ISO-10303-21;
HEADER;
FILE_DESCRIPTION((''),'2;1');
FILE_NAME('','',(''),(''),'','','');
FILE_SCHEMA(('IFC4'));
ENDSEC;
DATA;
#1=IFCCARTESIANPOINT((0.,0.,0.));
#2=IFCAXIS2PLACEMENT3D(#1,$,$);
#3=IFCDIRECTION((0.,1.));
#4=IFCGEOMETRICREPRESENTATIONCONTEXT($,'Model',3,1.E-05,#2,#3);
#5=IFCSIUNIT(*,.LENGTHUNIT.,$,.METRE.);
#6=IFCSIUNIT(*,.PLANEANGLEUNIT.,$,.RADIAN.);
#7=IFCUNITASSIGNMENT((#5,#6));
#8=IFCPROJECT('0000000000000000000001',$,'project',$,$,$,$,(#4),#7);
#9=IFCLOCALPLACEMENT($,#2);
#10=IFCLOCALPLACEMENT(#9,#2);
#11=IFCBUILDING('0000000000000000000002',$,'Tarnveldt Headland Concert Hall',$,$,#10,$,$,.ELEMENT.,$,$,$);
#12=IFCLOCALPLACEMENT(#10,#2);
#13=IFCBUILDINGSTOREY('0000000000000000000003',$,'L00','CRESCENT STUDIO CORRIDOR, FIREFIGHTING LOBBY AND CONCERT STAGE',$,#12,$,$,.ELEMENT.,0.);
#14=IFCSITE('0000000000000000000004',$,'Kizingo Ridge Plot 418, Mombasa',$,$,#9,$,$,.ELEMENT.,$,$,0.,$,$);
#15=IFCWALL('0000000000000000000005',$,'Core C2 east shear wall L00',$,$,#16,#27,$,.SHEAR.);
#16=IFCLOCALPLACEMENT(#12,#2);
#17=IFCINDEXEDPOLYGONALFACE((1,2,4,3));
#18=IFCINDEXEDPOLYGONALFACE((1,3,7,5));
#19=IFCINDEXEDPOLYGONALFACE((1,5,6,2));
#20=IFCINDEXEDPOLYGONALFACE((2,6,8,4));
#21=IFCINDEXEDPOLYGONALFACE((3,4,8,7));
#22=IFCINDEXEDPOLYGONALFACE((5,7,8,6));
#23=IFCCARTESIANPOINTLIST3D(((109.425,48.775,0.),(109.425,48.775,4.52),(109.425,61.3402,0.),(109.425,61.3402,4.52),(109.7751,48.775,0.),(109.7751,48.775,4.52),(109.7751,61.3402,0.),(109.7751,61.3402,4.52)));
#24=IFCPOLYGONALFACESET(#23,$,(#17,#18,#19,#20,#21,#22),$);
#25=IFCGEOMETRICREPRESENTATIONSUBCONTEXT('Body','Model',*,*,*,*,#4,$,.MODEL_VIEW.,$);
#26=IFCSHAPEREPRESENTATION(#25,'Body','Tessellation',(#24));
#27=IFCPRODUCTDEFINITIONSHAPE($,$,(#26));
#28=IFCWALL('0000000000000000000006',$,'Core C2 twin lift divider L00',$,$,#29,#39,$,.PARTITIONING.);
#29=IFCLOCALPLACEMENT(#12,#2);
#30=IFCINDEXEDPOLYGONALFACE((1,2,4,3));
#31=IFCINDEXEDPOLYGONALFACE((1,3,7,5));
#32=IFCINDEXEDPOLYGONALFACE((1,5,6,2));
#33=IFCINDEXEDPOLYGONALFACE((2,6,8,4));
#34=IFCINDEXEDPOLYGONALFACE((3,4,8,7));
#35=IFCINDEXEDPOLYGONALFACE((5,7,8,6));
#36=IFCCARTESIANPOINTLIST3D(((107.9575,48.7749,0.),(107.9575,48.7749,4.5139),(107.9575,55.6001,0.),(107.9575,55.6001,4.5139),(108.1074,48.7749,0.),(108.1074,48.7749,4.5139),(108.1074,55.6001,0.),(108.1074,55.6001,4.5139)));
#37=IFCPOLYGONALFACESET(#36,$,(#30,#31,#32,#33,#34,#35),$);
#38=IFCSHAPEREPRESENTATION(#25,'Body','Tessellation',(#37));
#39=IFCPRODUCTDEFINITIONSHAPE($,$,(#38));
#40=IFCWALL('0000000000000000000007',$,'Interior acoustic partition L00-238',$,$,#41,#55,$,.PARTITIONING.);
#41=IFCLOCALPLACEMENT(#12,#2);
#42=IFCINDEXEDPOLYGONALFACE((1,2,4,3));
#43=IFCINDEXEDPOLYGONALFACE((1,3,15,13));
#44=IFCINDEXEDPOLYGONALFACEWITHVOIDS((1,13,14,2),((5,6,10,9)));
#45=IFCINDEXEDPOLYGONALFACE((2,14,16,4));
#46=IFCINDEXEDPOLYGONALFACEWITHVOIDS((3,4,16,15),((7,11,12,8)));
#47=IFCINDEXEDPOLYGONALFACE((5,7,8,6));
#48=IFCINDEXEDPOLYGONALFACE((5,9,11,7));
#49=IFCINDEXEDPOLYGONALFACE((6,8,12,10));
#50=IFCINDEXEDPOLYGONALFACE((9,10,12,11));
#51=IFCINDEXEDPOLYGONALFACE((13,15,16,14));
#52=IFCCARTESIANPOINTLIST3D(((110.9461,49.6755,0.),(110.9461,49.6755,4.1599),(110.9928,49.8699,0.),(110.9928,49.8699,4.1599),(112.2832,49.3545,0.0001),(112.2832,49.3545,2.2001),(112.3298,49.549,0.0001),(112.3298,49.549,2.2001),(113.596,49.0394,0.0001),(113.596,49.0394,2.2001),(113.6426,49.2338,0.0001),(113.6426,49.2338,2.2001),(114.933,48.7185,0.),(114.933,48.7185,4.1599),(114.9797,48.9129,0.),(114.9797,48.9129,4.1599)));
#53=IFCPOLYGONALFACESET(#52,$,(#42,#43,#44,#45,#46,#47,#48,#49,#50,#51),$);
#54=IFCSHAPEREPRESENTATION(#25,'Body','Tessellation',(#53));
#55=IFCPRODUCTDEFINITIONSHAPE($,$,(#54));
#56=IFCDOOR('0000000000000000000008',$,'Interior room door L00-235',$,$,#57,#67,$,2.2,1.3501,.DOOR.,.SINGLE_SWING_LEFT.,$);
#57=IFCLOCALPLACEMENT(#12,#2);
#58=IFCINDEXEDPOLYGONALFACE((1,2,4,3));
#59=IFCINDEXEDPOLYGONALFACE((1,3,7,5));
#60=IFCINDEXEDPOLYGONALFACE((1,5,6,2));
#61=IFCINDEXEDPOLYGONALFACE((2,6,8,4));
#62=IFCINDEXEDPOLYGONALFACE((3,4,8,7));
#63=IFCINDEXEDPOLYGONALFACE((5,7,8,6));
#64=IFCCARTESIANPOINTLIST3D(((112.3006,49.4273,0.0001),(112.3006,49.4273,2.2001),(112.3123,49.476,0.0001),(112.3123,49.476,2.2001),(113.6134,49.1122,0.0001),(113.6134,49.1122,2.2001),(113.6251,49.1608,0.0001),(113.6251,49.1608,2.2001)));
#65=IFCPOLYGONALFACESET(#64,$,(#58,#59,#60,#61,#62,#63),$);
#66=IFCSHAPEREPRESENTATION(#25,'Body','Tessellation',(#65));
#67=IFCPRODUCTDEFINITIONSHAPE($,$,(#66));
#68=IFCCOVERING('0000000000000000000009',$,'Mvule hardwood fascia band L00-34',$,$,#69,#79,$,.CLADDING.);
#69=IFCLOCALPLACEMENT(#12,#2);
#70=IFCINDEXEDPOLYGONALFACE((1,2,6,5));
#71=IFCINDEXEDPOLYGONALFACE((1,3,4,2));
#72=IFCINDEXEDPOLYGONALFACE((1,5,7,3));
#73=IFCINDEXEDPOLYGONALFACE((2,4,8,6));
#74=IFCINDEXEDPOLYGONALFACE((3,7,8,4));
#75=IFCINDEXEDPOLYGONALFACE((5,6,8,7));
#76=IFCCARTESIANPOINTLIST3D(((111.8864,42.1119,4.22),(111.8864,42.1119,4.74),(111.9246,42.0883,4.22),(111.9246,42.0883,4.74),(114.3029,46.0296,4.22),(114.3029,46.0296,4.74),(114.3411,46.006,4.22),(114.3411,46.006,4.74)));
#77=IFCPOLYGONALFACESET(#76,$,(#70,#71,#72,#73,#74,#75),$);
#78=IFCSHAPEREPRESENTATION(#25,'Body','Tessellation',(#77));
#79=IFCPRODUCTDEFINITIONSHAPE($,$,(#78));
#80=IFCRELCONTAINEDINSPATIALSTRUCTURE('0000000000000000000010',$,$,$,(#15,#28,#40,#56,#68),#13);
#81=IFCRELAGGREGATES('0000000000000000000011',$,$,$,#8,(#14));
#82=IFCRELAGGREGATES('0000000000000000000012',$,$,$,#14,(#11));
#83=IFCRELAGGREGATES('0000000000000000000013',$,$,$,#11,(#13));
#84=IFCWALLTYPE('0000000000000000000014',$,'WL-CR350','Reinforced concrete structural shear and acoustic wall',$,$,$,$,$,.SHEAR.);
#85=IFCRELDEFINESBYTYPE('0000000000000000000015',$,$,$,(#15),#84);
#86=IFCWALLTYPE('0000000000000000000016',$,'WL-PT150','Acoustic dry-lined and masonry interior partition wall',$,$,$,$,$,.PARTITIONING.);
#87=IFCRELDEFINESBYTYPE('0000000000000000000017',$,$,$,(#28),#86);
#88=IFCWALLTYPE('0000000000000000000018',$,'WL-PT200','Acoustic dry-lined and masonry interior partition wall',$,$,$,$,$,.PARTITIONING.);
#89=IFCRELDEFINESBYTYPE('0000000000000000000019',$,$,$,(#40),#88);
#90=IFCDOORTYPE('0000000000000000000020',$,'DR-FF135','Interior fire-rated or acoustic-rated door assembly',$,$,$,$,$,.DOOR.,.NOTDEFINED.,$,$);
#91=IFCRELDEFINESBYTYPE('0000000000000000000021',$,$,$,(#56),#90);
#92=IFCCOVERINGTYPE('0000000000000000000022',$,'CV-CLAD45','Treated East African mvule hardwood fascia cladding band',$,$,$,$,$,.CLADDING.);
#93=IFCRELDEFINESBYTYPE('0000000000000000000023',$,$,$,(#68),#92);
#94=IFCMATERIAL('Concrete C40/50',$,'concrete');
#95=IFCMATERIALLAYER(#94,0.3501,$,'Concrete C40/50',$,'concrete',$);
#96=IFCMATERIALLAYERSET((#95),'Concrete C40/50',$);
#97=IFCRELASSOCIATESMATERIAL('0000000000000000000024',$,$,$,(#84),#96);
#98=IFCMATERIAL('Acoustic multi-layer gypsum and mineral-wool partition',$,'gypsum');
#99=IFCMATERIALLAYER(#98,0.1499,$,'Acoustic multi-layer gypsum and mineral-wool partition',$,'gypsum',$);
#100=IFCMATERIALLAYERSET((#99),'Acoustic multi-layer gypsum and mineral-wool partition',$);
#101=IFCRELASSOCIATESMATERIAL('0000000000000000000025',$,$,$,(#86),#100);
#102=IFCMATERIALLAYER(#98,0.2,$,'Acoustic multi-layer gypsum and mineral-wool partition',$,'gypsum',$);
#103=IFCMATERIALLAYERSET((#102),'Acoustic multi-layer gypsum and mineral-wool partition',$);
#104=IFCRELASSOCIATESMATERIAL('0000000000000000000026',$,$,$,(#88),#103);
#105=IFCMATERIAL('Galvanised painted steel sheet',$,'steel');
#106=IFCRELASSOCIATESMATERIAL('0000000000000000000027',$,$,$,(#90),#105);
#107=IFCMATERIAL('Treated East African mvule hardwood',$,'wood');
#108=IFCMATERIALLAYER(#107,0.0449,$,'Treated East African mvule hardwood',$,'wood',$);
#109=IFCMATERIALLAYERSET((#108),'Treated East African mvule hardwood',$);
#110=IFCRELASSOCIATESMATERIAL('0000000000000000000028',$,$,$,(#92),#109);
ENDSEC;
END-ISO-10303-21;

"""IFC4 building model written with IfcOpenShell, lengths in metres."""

from ifc_helpers import new_model, si_unit, direction, frame, frame_2d, origin, place, context, subcontext, project, spatial, rectangle, extrude, material, layer, layer_set, type_object, element, fill, save


model = new_model("IFC4")

# Units and contexts
model_context = context("Model", 3, precision=1e-05, world=origin(), true_north=direction((0.0, 1.0)))
body_context = subcontext(model_context, "Body", "Model", "MODEL_VIEW")
ifc_project = project(units=[si_unit("LENGTHUNIT", "METRE"), si_unit("PLANEANGLEUNIT", "RADIAN")], contexts=[model_context])

# Site, building, storey
site_placement = place(None, origin())
site = spatial("IfcSite", under=ifc_project, at=site_placement, Name="Kizingo Ridge Plot 418, Mombasa", CompositionType="ELEMENT", RefElevation=0.0)
building_placement = place(site_placement, origin())
building = spatial("IfcBuilding", under=site, at=building_placement, Name="Tarnveldt Headland Concert Hall", CompositionType="ELEMENT")
storey_placement = place(building_placement, origin())
storey = spatial("IfcBuildingStorey", under=building, at=storey_placement, Name="L00", Description="CRESCENT STUDIO CORRIDOR, FIREFIGHTING LOBBY AND CONCERT STAGE", CompositionType="ELEMENT", Elevation=0.0)

# Shared definitions
ifc_material_1 = material(Name="Concrete C40/50", Category="concrete")

# Walls
ifc_layer_1 = layer(ifc_material_1, 0.3501, Name="Concrete C40/50", Category="concrete")
ifc_layer_set_1 = layer_set([ifc_layer_1], Name="Concrete C40/50")
wall_type_1 = type_object("IfcWallType", Name="WL-CR350", Description="Reinforced concrete structural shear and acoustic wall", PredefinedType="SHEAR", material=ifc_layer_set_1)
wall_1_placement = place(storey_placement, frame((109.6001, 48.7749, 0.0), z_axis=(0.0, 0.0, 1.0), x_axis=(0.0, 1.0, 0.0)))
element("IfcWall", 1, at=wall_1_placement, inside=storey, type_object=wall_type_1, Name="Core C2 east shear wall L00", PredefinedType="SHEAR", context=body_context, shape_type="SweptSolid", body=[
    extrude(rectangle(XDim=12.5652, YDim=0.3501, at=frame_2d((6.2827, 0.0))), origin(), (0.0, 0.0, 1.0), 4.52),
])
ifc_material_2 = material(Name="Acoustic multi-layer gypsum and mineral-wool partition", Category="gypsum")
ifc_layer_2 = layer(ifc_material_2, 0.1499, Name="Acoustic multi-layer gypsum and mineral-wool partition", Category="gypsum")
ifc_layer_set_2 = layer_set([ifc_layer_2], Name="Acoustic multi-layer gypsum and mineral-wool partition")
wall_type_2 = type_object("IfcWallType", Name="WL-PT150", Description="Acoustic dry-lined and masonry interior partition wall", PredefinedType="PARTITIONING", material=ifc_layer_set_2)
wall_2_placement = place(storey_placement, frame((108.0325, 48.7749, 0.0), z_axis=(0.0, 0.0, 1.0), x_axis=(0.0, 1.0, 0.0)))
element("IfcWall", 2, at=wall_2_placement, inside=storey, type_object=wall_type_2, Name="Core C2 twin lift divider L00", PredefinedType="PARTITIONING", context=body_context, shape_type="SweptSolid", body=[
    extrude(rectangle(XDim=6.8252, YDim=0.1499, at=frame_2d((3.4126, 0.0))), origin(), (0.0, 0.0, 1.0), 4.5139),
])

# Wall, opening, door
ifc_layer_3 = layer(ifc_material_2, 0.2, Name="Acoustic multi-layer gypsum and mineral-wool partition", Category="gypsum")
ifc_layer_set_3 = layer_set([ifc_layer_3], Name="Acoustic multi-layer gypsum and mineral-wool partition")
wall_type_3 = type_object("IfcWallType", Name="WL-PT200", Description="Acoustic dry-lined and masonry interior partition wall", PredefinedType="PARTITIONING", material=ifc_layer_set_3)
wall_3_placement = place(storey_placement, frame((110.9695, 49.7727, 0.0), z_axis=(0.0, 0.0, 1.0), x_axis=(0.972376, -0.233418, 0.0)))
wall_3 = element("IfcWall", 3, at=wall_3_placement, inside=storey, type_object=wall_type_3, Name="Interior acoustic partition L00-238", PredefinedType="PARTITIONING", context=body_context, shape_type="SweptSolid", body=[
    extrude(rectangle(XDim=4.1001, YDim=0.2, at=frame_2d((2.05, 0.0))), origin(), (0.0, 0.0, 1.0), 4.1599),
])
opening_placement = place(wall_3_placement, frame((1.375, 0.0, 0.0)))
opening = element("IfcOpeningElement", 4, at=opening_placement, cuts=wall_3, PredefinedType="OPENING", context=body_context, shape_type="SweptSolid", body=[
    extrude(rectangle(XDim=1.3501, YDim=2.2, at=frame_2d((0.675, 1.1001))), frame((0.0, 0.1099, 0.0), z_axis=(0.0, -1.0, 0.0), x_axis=(1.0, 0.0, 0.0)), (0.0, 0.0, 1.0), 0.22),
])
ifc_material_3 = material(Name="Galvanised painted steel sheet", Category="steel")
door_type = type_object("IfcDoorType", Name="DR-FF135", Description="Interior fire-rated or acoustic-rated door assembly", OperationType="NOTDEFINED", PredefinedType="DOOR", material=ifc_material_3)
door_placement = place(opening_placement, origin())
door = element("IfcDoor", 5, at=door_placement, inside=storey, type_object=door_type, Name="Interior room door L00-235", OperationType="SINGLE_SWING_LEFT", OverallHeight=2.2, OverallWidth=1.3501, PredefinedType="DOOR", context=body_context, shape_type="SweptSolid", body=[
    extrude(rectangle(XDim=1.3501, YDim=2.2, at=frame_2d((0.675, 1.1001))), frame((0.0, 0.0249, 0.0), z_axis=(0.0, -1.0, 0.0), x_axis=(1.0, 0.0, 0.0)), (0.0, 0.0, 1.0), 0.05),
])
fill(opening, door)

# Covering
ifc_material_4 = material(Name="Treated East African mvule hardwood", Category="wood")
ifc_layer_4 = layer(ifc_material_4, 0.0449, Name="Treated East African mvule hardwood", Category="wood")
ifc_layer_set_4 = layer_set([ifc_layer_4], Name="Treated East African mvule hardwood")
covering_type = type_object("IfcCoveringType", Name="CV-CLAD45", Description="Treated East African mvule hardwood fascia cladding band", PredefinedType="CLADDING", material=ifc_layer_set_4)
covering_placement = place(storey_placement, frame((111.9055, 42.1001, 4.22), z_axis=(0.0, 0.0, 1.0), x_axis=(0.524979, 0.851115, 0.0)))
element("IfcCovering", 6, at=covering_placement, inside=storey, type_object=covering_type, Name="Mvule hardwood fascia band L00-34", PredefinedType="CLADDING", context=body_context, shape_type="SweptSolid", body=[
    extrude(rectangle(XDim=4.603, YDim=0.0449, at=frame_2d((2.3015, 0.0))), origin(), (0.0, 0.0, 1.0), 0.52),
])

save(model, "model.ifc")
